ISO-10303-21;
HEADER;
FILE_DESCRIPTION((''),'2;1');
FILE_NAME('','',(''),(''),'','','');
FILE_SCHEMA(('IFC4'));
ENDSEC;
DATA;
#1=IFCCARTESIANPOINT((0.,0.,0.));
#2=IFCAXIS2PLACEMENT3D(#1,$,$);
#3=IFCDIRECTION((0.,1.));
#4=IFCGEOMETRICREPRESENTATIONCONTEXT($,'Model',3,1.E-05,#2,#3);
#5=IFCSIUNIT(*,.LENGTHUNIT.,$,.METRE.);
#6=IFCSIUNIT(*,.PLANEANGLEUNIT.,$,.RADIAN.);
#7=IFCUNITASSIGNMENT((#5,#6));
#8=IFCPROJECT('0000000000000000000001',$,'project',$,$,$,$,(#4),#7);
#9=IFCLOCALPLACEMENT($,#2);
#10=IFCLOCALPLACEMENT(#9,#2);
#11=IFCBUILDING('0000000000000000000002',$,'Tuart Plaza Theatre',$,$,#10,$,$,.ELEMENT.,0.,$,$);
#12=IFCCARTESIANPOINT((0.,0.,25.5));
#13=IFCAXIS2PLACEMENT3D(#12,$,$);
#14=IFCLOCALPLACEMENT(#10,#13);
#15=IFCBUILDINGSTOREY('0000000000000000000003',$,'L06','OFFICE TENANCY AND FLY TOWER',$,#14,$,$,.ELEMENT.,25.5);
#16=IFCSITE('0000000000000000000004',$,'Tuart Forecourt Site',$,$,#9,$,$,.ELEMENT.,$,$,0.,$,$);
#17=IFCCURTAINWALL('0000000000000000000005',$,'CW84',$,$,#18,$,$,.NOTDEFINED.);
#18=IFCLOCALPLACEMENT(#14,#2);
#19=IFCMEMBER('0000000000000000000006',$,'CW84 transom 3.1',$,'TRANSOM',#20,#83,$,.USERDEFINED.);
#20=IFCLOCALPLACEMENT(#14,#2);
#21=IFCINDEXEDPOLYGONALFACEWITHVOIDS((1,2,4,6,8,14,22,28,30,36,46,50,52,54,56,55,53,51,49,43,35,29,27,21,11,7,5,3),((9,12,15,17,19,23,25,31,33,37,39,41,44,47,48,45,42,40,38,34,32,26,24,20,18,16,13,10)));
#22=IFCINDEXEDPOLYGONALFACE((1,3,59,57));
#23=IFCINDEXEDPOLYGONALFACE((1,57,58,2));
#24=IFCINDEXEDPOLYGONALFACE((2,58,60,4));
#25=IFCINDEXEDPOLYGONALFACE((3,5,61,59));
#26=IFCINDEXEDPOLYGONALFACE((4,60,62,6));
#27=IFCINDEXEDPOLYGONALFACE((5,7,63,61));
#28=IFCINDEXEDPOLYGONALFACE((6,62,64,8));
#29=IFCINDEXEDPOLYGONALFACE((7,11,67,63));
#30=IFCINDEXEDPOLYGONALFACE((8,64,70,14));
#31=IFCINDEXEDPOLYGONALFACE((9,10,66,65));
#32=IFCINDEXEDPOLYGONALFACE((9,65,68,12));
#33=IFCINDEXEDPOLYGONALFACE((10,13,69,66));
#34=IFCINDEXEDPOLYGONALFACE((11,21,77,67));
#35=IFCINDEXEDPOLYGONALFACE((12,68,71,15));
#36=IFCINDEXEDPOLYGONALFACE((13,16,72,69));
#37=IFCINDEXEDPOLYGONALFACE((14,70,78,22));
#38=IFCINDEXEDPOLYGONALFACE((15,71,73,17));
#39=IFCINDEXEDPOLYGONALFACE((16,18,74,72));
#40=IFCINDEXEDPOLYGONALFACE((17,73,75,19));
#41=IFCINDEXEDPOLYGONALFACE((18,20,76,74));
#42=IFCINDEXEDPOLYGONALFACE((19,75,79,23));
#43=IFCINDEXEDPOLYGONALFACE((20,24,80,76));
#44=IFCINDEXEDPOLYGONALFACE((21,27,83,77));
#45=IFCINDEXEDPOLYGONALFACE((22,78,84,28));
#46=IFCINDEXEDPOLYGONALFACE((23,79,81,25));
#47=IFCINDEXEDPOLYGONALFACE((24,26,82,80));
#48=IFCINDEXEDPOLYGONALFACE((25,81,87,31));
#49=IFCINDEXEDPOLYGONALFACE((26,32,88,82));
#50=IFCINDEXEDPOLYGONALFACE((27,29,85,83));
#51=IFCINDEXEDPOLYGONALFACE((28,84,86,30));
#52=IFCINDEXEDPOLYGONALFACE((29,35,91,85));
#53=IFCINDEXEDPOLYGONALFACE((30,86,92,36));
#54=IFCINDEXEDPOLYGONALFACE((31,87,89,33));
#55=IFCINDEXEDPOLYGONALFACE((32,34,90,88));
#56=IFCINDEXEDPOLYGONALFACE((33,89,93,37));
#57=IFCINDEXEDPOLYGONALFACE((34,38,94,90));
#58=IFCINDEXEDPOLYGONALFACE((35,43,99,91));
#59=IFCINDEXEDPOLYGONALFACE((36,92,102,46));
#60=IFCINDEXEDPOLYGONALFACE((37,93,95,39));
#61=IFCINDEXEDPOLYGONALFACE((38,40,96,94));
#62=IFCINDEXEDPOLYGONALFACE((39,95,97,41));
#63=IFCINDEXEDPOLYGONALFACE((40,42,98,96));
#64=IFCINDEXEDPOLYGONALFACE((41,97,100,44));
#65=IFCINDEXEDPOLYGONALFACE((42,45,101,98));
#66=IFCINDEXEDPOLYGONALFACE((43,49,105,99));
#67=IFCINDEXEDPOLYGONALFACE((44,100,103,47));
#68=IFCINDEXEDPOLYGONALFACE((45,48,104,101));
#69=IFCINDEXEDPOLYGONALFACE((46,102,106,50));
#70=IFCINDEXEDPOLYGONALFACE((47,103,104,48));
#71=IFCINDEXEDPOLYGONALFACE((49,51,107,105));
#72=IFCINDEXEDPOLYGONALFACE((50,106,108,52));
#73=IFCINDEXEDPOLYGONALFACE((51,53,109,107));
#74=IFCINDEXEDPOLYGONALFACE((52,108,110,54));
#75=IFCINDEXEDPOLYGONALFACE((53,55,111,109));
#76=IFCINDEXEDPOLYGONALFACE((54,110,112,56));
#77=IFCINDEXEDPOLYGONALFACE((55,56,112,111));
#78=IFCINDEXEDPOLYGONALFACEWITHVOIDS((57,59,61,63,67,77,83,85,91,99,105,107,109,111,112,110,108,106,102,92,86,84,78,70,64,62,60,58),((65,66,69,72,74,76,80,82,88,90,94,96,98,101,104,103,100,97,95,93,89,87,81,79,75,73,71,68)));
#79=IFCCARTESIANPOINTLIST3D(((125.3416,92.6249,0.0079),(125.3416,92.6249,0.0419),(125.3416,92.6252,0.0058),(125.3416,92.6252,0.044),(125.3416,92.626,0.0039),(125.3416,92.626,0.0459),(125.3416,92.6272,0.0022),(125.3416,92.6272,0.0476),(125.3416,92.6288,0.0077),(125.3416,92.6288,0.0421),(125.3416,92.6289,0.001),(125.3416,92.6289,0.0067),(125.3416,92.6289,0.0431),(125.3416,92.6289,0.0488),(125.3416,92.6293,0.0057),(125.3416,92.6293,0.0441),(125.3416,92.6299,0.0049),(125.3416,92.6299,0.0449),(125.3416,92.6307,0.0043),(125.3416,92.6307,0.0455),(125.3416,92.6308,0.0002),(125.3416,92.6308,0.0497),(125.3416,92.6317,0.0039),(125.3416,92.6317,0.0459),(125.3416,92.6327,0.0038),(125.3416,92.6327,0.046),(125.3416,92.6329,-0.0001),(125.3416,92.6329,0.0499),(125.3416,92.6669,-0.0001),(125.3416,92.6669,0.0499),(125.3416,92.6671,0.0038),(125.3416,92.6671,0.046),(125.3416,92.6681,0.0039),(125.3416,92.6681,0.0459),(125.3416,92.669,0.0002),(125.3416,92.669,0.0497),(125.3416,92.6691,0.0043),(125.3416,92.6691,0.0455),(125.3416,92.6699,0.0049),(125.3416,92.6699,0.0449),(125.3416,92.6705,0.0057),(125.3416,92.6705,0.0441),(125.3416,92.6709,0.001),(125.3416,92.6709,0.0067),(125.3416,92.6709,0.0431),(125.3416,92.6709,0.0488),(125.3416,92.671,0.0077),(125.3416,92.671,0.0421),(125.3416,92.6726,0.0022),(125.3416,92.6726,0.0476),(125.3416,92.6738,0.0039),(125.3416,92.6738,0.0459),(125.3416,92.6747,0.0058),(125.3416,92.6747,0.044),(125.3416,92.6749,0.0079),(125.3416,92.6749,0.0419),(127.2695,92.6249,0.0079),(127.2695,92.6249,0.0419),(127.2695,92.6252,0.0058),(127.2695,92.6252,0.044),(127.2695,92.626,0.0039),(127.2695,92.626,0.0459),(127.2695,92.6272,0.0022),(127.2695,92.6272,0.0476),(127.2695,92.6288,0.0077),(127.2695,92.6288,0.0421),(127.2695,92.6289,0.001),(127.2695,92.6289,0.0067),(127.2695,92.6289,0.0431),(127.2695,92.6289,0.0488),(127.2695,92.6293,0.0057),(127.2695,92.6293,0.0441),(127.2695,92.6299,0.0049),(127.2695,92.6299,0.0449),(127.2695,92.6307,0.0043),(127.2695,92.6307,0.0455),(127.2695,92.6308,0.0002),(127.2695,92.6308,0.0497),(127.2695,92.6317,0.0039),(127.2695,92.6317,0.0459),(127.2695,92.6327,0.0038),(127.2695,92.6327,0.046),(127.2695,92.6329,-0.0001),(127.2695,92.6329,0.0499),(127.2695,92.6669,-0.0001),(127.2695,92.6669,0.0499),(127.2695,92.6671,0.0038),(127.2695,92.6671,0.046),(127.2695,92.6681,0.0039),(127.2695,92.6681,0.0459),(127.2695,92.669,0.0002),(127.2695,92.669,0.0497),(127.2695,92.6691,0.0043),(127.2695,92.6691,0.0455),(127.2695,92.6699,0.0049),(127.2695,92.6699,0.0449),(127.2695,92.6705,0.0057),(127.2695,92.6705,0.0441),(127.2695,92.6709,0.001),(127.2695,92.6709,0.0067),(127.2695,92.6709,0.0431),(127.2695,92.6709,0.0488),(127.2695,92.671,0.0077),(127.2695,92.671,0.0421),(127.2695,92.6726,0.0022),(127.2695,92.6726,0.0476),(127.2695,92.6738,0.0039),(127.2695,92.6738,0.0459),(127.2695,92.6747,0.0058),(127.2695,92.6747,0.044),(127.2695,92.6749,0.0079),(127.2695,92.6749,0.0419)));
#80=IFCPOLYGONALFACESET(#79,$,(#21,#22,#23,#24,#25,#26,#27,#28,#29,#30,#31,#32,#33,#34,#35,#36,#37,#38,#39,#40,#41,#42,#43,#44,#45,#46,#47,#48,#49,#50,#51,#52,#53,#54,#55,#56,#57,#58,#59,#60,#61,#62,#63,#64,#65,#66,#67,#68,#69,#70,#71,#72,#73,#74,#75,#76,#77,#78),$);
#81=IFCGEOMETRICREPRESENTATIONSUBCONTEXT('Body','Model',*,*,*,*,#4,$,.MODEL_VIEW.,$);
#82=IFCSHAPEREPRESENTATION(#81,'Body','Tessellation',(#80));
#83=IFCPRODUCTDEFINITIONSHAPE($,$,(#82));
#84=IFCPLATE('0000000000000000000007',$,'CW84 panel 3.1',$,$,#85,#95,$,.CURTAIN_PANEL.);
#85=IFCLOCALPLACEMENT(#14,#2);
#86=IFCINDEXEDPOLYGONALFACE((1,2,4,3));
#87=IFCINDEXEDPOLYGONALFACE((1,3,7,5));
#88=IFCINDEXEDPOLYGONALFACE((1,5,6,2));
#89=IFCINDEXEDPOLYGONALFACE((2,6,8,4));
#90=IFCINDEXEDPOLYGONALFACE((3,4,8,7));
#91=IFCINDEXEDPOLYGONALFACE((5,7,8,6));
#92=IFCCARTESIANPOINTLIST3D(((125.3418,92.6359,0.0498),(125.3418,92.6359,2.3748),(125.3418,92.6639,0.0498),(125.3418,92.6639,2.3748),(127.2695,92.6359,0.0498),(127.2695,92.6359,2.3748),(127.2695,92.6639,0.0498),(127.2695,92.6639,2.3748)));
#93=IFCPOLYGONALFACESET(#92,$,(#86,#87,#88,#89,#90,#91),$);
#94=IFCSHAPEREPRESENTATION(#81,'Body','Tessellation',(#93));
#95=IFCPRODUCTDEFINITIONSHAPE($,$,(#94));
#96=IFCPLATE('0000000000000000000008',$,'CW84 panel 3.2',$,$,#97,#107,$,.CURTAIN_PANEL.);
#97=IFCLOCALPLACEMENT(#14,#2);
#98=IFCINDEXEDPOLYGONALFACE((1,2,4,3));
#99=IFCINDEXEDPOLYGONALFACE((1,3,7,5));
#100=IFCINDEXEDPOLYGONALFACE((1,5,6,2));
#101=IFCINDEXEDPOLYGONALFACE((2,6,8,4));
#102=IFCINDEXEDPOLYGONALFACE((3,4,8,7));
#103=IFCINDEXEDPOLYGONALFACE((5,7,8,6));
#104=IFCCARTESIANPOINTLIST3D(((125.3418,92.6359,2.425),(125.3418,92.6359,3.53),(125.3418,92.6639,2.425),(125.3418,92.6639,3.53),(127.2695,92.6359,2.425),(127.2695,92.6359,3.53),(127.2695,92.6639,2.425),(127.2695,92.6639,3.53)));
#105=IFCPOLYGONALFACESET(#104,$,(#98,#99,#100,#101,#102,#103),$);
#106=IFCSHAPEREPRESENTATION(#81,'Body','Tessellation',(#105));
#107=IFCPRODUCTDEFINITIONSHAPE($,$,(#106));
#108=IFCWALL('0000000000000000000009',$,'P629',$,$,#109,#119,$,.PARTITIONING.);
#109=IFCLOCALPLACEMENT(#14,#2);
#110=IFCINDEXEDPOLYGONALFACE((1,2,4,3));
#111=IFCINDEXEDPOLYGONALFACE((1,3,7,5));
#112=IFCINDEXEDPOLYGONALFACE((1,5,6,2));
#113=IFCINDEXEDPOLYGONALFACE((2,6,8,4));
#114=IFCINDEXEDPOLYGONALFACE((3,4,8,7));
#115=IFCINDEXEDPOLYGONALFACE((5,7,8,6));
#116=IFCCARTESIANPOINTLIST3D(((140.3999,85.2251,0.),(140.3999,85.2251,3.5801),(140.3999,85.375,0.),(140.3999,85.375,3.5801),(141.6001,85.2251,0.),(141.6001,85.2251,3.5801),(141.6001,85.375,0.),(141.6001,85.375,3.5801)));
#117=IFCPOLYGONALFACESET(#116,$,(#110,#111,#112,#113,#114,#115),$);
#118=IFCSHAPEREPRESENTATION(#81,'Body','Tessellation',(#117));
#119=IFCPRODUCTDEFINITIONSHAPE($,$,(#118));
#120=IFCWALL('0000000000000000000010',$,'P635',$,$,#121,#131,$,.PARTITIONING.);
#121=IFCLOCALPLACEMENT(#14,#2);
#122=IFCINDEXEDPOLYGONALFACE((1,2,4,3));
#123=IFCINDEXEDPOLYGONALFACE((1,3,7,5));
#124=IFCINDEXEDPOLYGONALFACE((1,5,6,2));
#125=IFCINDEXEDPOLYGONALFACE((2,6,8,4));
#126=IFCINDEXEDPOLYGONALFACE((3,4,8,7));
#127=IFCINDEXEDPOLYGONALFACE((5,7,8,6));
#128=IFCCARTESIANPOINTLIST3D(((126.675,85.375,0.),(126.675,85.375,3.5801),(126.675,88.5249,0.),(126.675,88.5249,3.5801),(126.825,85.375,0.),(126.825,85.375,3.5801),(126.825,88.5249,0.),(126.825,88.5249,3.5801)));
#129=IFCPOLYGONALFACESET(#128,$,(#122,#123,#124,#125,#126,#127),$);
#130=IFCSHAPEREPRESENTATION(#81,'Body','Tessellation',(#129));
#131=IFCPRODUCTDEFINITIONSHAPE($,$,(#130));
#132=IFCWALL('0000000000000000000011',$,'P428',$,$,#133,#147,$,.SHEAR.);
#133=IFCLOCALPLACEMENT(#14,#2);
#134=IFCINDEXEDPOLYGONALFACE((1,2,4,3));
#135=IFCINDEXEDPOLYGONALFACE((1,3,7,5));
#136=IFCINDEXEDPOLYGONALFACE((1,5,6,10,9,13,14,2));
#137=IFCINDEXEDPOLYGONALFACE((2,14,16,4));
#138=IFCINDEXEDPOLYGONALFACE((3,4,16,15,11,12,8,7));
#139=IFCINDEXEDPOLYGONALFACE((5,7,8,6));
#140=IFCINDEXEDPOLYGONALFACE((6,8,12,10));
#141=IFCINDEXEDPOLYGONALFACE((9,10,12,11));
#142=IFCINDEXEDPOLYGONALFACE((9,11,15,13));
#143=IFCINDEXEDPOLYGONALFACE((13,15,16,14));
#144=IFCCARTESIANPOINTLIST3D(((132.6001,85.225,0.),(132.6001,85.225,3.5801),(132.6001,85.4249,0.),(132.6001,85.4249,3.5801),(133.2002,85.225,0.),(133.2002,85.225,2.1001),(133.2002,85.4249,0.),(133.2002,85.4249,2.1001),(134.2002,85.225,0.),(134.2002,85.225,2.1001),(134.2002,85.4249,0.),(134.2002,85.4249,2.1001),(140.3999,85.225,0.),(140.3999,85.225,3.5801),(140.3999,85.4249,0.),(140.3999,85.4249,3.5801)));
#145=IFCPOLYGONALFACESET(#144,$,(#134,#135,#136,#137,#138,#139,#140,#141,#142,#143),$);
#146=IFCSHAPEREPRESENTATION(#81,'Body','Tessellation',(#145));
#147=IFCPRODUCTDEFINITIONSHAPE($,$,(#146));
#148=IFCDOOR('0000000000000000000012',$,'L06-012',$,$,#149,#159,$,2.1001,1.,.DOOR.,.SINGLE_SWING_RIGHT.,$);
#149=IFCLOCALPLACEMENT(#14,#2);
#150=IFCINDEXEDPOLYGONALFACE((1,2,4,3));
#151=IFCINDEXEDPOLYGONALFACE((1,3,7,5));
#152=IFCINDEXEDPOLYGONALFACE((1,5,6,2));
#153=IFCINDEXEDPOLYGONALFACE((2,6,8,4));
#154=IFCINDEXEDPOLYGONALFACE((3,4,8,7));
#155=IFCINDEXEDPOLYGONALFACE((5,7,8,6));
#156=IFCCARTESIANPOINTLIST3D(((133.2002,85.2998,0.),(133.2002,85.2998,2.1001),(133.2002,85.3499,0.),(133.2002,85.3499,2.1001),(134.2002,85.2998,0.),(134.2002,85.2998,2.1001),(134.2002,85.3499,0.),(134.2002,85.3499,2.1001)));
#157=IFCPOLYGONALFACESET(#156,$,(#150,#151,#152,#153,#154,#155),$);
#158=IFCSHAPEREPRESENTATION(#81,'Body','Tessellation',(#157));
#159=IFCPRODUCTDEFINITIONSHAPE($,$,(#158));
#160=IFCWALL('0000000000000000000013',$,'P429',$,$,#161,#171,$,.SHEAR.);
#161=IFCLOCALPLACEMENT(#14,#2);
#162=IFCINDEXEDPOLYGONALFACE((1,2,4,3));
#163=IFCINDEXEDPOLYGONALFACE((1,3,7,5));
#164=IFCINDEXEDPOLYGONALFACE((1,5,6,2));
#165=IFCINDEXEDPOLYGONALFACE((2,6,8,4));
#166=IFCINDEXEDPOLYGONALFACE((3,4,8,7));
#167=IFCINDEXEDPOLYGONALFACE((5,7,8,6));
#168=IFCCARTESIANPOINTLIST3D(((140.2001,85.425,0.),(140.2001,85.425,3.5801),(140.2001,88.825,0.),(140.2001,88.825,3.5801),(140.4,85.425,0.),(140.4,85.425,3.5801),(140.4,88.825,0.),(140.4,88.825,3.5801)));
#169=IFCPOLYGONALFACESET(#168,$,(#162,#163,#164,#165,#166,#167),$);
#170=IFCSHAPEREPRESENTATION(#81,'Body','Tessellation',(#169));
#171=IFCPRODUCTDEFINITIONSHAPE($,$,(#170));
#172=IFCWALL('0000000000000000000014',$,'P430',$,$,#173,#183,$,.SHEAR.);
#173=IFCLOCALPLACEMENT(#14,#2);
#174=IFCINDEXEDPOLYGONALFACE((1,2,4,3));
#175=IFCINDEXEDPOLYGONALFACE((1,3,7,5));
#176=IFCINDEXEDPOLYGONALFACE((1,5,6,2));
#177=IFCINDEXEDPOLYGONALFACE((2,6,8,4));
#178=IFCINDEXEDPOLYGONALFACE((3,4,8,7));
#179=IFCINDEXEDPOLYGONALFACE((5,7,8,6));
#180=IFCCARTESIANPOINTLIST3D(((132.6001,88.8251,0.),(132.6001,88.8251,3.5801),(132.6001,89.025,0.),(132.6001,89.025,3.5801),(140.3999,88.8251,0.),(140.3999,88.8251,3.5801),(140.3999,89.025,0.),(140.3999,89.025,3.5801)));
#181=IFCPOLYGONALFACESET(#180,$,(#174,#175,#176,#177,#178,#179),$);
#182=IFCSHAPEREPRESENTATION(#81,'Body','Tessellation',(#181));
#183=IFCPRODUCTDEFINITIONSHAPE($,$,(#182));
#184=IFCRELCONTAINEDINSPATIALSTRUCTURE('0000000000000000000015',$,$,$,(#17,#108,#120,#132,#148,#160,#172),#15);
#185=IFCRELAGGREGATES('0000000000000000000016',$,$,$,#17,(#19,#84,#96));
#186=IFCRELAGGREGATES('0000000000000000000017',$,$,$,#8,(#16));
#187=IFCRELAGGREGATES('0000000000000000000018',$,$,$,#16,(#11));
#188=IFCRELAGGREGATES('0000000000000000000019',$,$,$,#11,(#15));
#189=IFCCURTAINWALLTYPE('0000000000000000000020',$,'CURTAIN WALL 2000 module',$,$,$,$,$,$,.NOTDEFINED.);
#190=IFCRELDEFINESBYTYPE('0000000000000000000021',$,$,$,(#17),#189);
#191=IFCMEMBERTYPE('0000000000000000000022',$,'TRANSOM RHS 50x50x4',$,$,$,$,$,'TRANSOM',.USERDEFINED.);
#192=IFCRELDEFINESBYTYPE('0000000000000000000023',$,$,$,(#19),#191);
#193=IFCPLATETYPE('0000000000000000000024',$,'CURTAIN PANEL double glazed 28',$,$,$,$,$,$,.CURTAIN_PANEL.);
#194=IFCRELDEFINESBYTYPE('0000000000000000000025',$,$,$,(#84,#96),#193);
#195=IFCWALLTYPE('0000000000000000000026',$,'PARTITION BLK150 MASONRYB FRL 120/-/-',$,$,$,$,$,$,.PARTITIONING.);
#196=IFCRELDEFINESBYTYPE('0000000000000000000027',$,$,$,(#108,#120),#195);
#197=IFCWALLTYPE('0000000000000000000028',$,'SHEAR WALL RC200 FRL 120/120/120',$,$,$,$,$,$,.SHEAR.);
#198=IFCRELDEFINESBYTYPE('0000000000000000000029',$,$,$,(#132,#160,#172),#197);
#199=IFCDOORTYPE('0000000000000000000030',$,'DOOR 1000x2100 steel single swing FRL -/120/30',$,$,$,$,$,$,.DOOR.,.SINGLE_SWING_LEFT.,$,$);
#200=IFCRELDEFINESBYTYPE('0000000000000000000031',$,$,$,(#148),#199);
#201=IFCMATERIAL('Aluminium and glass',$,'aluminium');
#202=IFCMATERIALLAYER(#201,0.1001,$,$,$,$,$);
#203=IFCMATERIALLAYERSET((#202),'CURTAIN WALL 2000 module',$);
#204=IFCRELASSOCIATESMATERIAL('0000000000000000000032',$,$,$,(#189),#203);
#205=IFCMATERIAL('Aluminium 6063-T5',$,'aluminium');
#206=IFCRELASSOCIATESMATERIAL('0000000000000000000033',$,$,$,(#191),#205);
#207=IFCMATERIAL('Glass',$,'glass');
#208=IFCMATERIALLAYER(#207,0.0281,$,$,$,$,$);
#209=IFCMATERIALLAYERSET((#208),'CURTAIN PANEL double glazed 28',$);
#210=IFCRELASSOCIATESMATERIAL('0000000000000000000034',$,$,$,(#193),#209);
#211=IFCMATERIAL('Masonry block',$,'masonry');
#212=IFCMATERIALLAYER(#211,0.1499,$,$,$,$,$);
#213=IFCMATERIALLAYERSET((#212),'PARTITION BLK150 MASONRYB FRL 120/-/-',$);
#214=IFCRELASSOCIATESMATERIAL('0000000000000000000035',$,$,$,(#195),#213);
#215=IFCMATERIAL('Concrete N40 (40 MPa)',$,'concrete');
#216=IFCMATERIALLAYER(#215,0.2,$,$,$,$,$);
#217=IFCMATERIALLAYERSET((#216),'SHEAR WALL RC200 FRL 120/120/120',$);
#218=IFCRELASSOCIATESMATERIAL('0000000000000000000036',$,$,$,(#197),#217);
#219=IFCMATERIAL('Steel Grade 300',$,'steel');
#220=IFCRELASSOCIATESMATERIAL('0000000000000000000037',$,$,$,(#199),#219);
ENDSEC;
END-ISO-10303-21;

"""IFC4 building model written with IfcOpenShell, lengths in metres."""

from ifc_helpers import new_model, si_unit, direction, frame, frame_2d, origin, origin_2d, place, context, subcontext, project, spatial, rectangle, hollow_rectangle, extrude, material, layer, layer_set, material_profile, profile_set, type_object, element, fill, aggregate, save


model = new_model("IFC4")

# Units and contexts
model_context = context("Model", 3, precision=1e-05, world=origin(), true_north=direction((0.0, 1.0)))
body_context = subcontext(model_context, "Body", "Model", "MODEL_VIEW")
ifc_project = project(units=[si_unit("LENGTHUNIT", "METRE"), si_unit("PLANEANGLEUNIT", "RADIAN")], contexts=[model_context])

# Site, building, storey
site_placement = place(None, origin())
site = spatial("IfcSite", under=ifc_project, at=site_placement, Name="Tuart Forecourt Site", CompositionType="ELEMENT", RefElevation=0.0)
building_placement = place(site_placement, origin())
building = spatial("IfcBuilding", under=site, at=building_placement, Name="Tuart Plaza Theatre", CompositionType="ELEMENT", ElevationOfRefHeight=0.0)
storey_placement = place(building_placement, frame((0.0, 0.0, 25.5)))
storey = spatial("IfcBuildingStorey", under=building, at=storey_placement, Name="L06", Description="OFFICE TENANCY AND FLY TOWER", CompositionType="ELEMENT", Elevation=25.5)

# Shared definitions
ifc_material_1 = material(Name="Aluminium and glass", Category="aluminium")
ifc_layer_1 = layer(ifc_material_1, 0.1001)
ifc_layer_set_1 = layer_set([ifc_layer_1], Name="CURTAIN WALL 2000 module")
curtain_wall_type = type_object("IfcCurtainWallType", Name="CURTAIN WALL 2000 module", PredefinedType="NOTDEFINED", material=ifc_layer_set_1)

# Curtain wall, member, plates
curtain_wall_1_placement = place(storey_placement, origin())
curtain_wall_1 = element("IfcCurtainWall", 1, at=curtain_wall_1_placement, inside=storey, type_object=curtain_wall_type, Name="CW84", PredefinedType="NOTDEFINED")
ifc_material_2 = material(Name="Aluminium 6063-T5", Category="aluminium")
ifc_material_profile_1 = material_profile(ifc_material_2, hollow_rectangle(XDim=0.05, YDim=0.05, WallThickness=0.0039, InnerFilletRadius=0.0039, OuterFilletRadius=0.0081, at=origin_2d()), Name="RHS 50x50x4")
ifc_profile_set_1 = profile_set([ifc_material_profile_1], Name="Aluminium 6063-T5")
member_type_1 = type_object("IfcMemberType", Name="TRANSOM RHS 50x50x4", ElementType="TRANSOM", PredefinedType="USERDEFINED", material=ifc_profile_set_1)
member_1_placement = place(storey_placement, frame((127.2695, 92.6499, 0.0249), z_axis=(-1.0, 0.0, 0.0), x_axis=(0.0, -1.0, 0.0)))
member_1 = element("IfcMember", 2, at=member_1_placement, type_object=member_type_1, Name="CW84 transom 3.1", ObjectType="TRANSOM", PredefinedType="USERDEFINED", context=body_context, shape_type="SweptSolid", body=[
    extrude(hollow_rectangle(XDim=0.05, YDim=0.05, WallThickness=0.0039, InnerFilletRadius=0.0039, OuterFilletRadius=0.0081, at=origin_2d()), origin(), (0.0, 0.0, 1.0), 1.928),
])
ifc_material_3 = material(Name="Glass", Category="glass")
ifc_layer_2 = layer(ifc_material_3, 0.0281)
ifc_layer_set_2 = layer_set([ifc_layer_2], Name="CURTAIN PANEL double glazed 28")
plate_type = type_object("IfcPlateType", Name="CURTAIN PANEL double glazed 28", PredefinedType="CURTAIN_PANEL", material=ifc_layer_set_2)
plate_1_placement = place(storey_placement, frame((126.3057, 92.6499, 0.0498), z_axis=(0.0, 0.0, 1.0), x_axis=(-1.0, 0.0, 0.0)))
plate_1 = element("IfcPlate", 3, at=plate_1_placement, type_object=plate_type, Name="CW84 panel 3.1", PredefinedType="CURTAIN_PANEL", context=body_context, shape_type="SweptSolid", body=[
    extrude(rectangle(XDim=1.9277, YDim=0.0281, at=origin_2d()), origin(), (0.0, 0.0, 1.0), 2.325),
])
plate_2_placement = place(storey_placement, frame((126.3057, 92.6499, 2.425), z_axis=(0.0, 0.0, 1.0), x_axis=(-1.0, 0.0, 0.0)))
plate_2 = element("IfcPlate", 4, at=plate_2_placement, type_object=plate_type, Name="CW84 panel 3.2", PredefinedType="CURTAIN_PANEL", context=body_context, shape_type="SweptSolid", body=[
    extrude(rectangle(XDim=1.9277, YDim=0.0281, at=origin_2d()), origin(), (0.0, 0.0, 1.0), 1.105),
])
aggregate(curtain_wall_1, [member_1, plate_1, plate_2])

# Walls
ifc_material_4 = material(Name="Masonry block", Category="masonry")
ifc_layer_3 = layer(ifc_material_4, 0.1499)
ifc_layer_set_3 = layer_set([ifc_layer_3], Name="PARTITION BLK150 MASONRYB FRL 120/-/-")
wall_type_1 = type_object("IfcWallType", Name="PARTITION BLK150 MASONRYB FRL 120/-/-", PredefinedType="PARTITIONING", material=ifc_layer_set_3)
wall_1_placement = place(storey_placement, frame((140.3999, 85.3, 0.0), z_axis=(0.0, 0.0, 1.0), x_axis=(1.0, 0.0, 0.0)))
element("IfcWall", 5, at=wall_1_placement, inside=storey, type_object=wall_type_1, Name="P629", PredefinedType="PARTITIONING", context=body_context, shape_type="SweptSolid", body=[
    extrude(rectangle(XDim=1.2002, YDim=0.1499, at=frame_2d((0.6001, 0.0))), origin(), (0.0, 0.0, 1.0), 3.5801),
])
wall_2_placement = place(storey_placement, frame((126.75, 85.375, 0.0), z_axis=(0.0, 0.0, 1.0), x_axis=(0.0, 1.0, 0.0)))
element("IfcWall", 6, at=wall_2_placement, inside=storey, type_object=wall_type_1, Name="P635", PredefinedType="PARTITIONING", context=body_context, shape_type="SweptSolid", body=[
    extrude(rectangle(XDim=3.1499, YDim=0.1499, at=frame_2d((1.575, 0.0))), origin(), (0.0, 0.0, 1.0), 3.5801),
])

# Wall, opening, door
ifc_material_5 = material(Name="Concrete N40 (40 MPa)", Category="concrete")
ifc_layer_4 = layer(ifc_material_5, 0.2)
ifc_layer_set_4 = layer_set([ifc_layer_4], Name="SHEAR WALL RC200 FRL 120/120/120")
wall_type_2 = type_object("IfcWallType", Name="SHEAR WALL RC200 FRL 120/120/120", PredefinedType="SHEAR", material=ifc_layer_set_4)
wall_3_placement = place(storey_placement, frame((132.6001, 85.325, 0.0), z_axis=(0.0, 0.0, 1.0), x_axis=(1.0, 0.0, 0.0)))
wall_3 = element("IfcWall", 7, at=wall_3_placement, inside=storey, type_object=wall_type_2, Name="P428", PredefinedType="SHEAR", context=body_context, shape_type="SweptSolid", body=[
    extrude(rectangle(XDim=7.7998, YDim=0.2, at=frame_2d((3.8999, 0.0))), origin(), (0.0, 0.0, 1.0), 3.5801),
])
opening_placement = place(wall_3_placement, frame((0.6001, 0.0, 0.0)))
opening = element("IfcOpeningElement", 8, at=opening_placement, cuts=wall_3, PredefinedType="OPENING", context=body_context, shape_type="SweptSolid", body=[
    extrude(rectangle(XDim=1.0, YDim=2.1001, at=frame_2d((0.5, 1.05))), frame((0.0, 0.1099, 0.0), z_axis=(0.0, -1.0, 0.0), x_axis=(1.0, 0.0, 0.0)), (0.0, 0.0, 1.0), 0.22),
])
ifc_material_6 = material(Name="Steel Grade 300", Category="steel")
door_type = type_object("IfcDoorType", Name="DOOR 1000x2100 steel single swing FRL -/120/30", OperationType="SINGLE_SWING_LEFT", PredefinedType="DOOR", material=ifc_material_6)
door_placement = place(opening_placement, origin())
door = element("IfcDoor", 9, at=door_placement, inside=storey, type_object=door_type, Name="L06-012", OperationType="SINGLE_SWING_RIGHT", OverallHeight=2.1001, OverallWidth=1.0, PredefinedType="DOOR", context=body_context, shape_type="SweptSolid", body=[
    extrude(rectangle(XDim=1.0, YDim=2.1001, at=frame_2d((0.5, 1.05))), frame((0.0, 0.0249, 0.0), z_axis=(0.0, -1.0, 0.0), x_axis=(1.0, 0.0, 0.0)), (0.0, 0.0, 1.0), 0.05),
])
fill(opening, door)

# Walls
wall_4_placement = place(storey_placement, frame((140.3, 85.425, 0.0), z_axis=(0.0, 0.0, 1.0), x_axis=(0.0, 1.0, 0.0)))
element("IfcWall", 10, at=wall_4_placement, inside=storey, type_object=wall_type_2, Name="P429", PredefinedType="SHEAR", context=body_context, shape_type="SweptSolid", body=[
    extrude(rectangle(XDim=3.3999, YDim=0.2, at=frame_2d((1.7, 0.0))), origin(), (0.0, 0.0, 1.0), 3.5801),
])
wall_5_placement = place(storey_placement, frame((140.3999, 88.925, 0.0), z_axis=(0.0, 0.0, 1.0), x_axis=(-1.0, 0.0, 0.0)))
element("IfcWall", 11, at=wall_5_placement, inside=storey, type_object=wall_type_2, Name="P430", PredefinedType="SHEAR", context=body_context, shape_type="SweptSolid", body=[
    extrude(rectangle(XDim=7.7998, YDim=0.2, at=frame_2d((3.8999, 0.0))), origin(), (0.0, 0.0, 1.0), 3.5801),
])

save(model, "model.ifc")
